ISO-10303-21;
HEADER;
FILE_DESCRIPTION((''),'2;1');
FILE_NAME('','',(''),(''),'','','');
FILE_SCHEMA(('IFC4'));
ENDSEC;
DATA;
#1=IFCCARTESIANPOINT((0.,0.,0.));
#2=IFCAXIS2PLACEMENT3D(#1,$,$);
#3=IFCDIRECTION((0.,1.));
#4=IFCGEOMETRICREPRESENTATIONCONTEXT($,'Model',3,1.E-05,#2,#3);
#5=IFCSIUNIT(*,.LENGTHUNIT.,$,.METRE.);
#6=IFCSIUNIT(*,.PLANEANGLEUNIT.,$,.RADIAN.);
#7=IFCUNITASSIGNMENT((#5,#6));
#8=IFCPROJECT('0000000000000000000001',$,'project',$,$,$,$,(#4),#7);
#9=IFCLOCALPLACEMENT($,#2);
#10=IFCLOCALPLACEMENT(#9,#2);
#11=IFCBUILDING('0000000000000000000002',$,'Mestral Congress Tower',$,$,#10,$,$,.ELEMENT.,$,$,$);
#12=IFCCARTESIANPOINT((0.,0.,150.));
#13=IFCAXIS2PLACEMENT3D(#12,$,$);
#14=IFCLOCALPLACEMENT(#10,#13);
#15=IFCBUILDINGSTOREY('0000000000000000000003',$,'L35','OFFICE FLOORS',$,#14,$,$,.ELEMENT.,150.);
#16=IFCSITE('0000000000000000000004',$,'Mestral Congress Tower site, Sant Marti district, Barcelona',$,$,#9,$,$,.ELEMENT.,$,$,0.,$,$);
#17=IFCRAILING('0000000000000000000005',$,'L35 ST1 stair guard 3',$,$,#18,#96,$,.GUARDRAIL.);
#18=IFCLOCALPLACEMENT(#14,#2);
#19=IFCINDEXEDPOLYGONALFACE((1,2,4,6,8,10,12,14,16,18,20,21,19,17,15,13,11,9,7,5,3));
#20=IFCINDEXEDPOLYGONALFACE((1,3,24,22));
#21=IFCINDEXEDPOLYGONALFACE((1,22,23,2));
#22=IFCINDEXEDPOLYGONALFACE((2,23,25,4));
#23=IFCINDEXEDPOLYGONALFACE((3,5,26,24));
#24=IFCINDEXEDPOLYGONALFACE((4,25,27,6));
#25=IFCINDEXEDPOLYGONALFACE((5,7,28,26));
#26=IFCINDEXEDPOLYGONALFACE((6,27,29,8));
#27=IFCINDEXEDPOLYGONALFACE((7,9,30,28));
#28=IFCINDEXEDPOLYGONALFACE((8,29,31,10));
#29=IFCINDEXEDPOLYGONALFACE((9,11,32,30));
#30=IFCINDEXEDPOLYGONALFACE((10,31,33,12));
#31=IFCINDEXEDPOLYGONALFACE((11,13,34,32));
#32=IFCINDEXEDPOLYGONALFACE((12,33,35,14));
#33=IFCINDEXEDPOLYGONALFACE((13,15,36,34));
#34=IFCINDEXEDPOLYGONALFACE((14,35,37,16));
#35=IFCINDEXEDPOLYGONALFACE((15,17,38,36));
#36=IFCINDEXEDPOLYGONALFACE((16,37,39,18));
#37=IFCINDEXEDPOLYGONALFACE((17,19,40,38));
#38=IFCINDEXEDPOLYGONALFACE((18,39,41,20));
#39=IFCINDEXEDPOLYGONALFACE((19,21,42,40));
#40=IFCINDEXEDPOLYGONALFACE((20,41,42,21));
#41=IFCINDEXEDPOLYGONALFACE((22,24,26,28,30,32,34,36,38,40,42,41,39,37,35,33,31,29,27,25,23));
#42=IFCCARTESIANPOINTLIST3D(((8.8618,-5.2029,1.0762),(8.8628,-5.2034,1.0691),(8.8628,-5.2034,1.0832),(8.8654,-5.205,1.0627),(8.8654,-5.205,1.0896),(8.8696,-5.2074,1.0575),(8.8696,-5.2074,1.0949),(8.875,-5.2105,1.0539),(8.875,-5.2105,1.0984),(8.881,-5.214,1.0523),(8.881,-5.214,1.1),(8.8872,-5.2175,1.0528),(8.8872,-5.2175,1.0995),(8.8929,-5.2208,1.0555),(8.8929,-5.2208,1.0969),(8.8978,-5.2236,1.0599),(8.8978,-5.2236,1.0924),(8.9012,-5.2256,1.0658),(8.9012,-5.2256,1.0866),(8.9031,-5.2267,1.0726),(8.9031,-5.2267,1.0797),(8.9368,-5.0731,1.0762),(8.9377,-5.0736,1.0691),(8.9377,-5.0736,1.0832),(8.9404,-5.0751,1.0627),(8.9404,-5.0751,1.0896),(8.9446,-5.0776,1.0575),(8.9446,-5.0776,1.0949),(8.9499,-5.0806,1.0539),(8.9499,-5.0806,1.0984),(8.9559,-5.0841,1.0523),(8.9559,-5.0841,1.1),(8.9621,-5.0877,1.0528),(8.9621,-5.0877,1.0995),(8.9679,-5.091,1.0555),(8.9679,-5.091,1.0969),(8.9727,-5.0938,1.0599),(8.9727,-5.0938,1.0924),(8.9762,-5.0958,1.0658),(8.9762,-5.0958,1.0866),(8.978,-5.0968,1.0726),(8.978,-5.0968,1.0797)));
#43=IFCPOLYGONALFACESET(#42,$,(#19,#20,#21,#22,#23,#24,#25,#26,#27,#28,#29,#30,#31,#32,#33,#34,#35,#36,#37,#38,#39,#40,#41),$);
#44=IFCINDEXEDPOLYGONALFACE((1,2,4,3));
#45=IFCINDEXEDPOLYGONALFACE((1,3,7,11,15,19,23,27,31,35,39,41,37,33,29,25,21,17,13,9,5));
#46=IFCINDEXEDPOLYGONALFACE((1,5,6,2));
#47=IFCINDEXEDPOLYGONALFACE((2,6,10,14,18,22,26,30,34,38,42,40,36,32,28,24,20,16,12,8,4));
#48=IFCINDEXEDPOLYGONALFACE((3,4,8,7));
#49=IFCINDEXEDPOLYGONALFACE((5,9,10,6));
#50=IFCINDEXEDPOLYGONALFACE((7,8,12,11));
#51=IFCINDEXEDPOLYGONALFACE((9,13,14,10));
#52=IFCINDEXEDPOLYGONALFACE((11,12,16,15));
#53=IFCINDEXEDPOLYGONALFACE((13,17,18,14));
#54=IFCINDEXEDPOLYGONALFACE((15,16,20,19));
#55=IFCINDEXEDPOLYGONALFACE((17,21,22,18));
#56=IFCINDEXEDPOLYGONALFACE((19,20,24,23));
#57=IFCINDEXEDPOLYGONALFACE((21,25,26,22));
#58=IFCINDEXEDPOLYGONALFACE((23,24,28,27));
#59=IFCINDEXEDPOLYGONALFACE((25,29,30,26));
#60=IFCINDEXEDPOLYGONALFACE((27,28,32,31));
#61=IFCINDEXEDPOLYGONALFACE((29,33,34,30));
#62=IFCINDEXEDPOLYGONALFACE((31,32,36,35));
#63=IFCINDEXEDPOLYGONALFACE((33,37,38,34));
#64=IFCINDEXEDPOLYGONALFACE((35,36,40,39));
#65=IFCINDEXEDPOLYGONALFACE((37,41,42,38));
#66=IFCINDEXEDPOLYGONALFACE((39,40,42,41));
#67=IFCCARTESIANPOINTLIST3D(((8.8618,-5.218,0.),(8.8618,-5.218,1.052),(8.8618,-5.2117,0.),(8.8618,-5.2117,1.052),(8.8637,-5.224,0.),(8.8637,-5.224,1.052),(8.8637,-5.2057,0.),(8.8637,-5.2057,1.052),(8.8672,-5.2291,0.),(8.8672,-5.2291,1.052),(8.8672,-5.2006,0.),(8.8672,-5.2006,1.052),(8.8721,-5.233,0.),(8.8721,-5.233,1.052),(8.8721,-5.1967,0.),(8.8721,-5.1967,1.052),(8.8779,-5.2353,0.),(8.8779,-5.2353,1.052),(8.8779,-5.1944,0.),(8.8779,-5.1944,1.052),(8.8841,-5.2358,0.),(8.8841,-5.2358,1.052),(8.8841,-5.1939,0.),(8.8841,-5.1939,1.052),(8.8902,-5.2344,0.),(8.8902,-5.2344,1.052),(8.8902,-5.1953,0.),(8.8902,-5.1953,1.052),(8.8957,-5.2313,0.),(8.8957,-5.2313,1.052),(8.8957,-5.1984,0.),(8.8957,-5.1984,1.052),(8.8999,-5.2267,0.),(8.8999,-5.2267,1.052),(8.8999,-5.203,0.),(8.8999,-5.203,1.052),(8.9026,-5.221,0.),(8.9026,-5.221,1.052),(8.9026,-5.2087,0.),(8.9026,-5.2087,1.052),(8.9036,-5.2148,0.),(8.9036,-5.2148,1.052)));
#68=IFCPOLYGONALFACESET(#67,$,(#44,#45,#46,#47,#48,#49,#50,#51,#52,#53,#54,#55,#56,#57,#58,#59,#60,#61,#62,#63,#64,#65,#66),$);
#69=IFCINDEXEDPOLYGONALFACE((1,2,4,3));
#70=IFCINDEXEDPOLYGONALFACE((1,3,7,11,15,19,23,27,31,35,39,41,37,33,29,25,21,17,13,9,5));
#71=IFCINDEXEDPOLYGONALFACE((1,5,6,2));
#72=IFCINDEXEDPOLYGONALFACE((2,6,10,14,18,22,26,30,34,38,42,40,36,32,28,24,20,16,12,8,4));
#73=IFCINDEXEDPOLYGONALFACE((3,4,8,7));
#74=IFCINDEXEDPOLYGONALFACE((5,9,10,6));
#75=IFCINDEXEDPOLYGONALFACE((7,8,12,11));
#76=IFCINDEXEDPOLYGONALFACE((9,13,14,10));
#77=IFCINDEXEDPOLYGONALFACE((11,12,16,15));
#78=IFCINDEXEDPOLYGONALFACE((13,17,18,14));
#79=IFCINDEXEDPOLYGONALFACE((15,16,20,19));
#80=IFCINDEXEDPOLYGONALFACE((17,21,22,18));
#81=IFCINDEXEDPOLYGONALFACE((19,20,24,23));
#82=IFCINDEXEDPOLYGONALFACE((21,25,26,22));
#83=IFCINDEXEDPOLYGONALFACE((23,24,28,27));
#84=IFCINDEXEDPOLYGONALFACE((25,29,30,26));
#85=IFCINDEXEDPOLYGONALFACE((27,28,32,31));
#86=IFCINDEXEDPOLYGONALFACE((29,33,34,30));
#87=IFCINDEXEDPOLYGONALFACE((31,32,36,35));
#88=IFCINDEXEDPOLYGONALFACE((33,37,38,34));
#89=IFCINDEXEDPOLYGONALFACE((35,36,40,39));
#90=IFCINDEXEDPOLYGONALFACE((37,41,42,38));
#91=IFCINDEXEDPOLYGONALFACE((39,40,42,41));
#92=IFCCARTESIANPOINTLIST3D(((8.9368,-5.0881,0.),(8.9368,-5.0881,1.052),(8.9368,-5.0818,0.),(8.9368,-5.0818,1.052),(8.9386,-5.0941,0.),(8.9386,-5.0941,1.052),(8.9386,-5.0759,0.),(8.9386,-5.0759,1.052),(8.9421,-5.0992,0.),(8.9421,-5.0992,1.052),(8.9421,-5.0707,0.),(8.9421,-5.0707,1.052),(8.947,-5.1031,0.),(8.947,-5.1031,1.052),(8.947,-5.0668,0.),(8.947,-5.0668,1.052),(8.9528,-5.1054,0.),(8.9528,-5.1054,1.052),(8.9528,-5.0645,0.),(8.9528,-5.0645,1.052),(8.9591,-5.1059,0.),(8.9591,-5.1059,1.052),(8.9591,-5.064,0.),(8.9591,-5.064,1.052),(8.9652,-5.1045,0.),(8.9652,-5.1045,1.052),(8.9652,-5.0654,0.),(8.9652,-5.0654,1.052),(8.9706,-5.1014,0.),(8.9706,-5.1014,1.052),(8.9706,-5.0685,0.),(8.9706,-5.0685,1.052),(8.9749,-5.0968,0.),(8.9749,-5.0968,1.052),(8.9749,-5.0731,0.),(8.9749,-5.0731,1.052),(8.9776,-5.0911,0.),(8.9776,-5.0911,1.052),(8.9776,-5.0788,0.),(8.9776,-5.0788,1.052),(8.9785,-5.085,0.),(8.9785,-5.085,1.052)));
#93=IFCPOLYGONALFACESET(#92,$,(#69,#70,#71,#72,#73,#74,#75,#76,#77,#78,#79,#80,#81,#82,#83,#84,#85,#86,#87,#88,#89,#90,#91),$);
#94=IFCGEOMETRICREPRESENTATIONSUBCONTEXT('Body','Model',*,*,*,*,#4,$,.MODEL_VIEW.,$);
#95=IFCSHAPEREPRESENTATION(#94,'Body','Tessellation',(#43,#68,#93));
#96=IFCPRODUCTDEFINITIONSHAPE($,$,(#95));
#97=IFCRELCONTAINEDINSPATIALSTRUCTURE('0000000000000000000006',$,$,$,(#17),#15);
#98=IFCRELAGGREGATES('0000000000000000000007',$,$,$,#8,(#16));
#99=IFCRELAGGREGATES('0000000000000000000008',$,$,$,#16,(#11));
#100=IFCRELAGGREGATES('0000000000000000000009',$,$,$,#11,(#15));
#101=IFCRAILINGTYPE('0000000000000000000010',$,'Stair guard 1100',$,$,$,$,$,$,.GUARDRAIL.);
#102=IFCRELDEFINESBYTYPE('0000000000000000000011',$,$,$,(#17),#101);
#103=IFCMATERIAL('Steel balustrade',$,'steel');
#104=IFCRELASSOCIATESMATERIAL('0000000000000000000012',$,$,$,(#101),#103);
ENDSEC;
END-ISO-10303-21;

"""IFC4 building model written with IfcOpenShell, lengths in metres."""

from ifc_helpers import new_model, si_unit, direction, frame, origin, origin_2d, place, context, subcontext, project, spatial, circle, extrude, material, type_object, element, save


model = new_model("IFC4")

# Units and contexts
model_context = context("Model", 3, precision=1e-05, world=origin(), true_north=direction((0.0, 1.0)))
body_context = subcontext(model_context, "Body", "Model", "MODEL_VIEW")
ifc_project = project(units=[si_unit("LENGTHUNIT", "METRE"), si_unit("PLANEANGLEUNIT", "RADIAN")], contexts=[model_context])

# Site, building, storey
site_placement = place(None, origin())
site = spatial("IfcSite", under=ifc_project, at=site_placement, Name="Mestral Congress Tower site, Sant Marti district, Barcelona", CompositionType="ELEMENT", RefElevation=0.0)
building_placement = place(site_placement, origin())
building = spatial("IfcBuilding", under=site, at=building_placement, Name="Mestral Congress Tower", CompositionType="ELEMENT")
storey_placement = place(building_placement, frame((0.0, 0.0, 150.0)))
storey = spatial("IfcBuildingStorey", under=building, at=storey_placement, Name="L35", Description="OFFICE FLOORS", CompositionType="ELEMENT", Elevation=150.0)

# Railing
ifc_material_1 = material(Name="Steel balustrade", Category="steel")
railing_type_1 = type_object("IfcRailingType", Name="Stair guard 1100", PredefinedType="GUARDRAIL", material=ifc_material_1)
railing_1_placement = place(storey_placement, frame((8.8826, -5.2148, 0.0)))
element("IfcRailing", 1, at=railing_1_placement, inside=storey, type_object=railing_type_1, Name="L35 ST1 stair guard 3", PredefinedType="GUARDRAIL", context=body_context, shape_type="SweptSolid", body=[
    extrude(circle(Radius=0.0239, at=origin_2d()), frame((0.0, 0.0, 1.0762), z_axis=(0.499816, 0.866131, 0.0), x_axis=(-0.866131, 0.499816, 0.0)), (0.0, 0.0, 1.0), 0.1499),
    extrude(circle(Radius=0.021, at=origin_2d()), origin(), (0.0, 0.0, 1.0), 1.052),
    extrude(circle(Radius=0.021, at=origin_2d()), frame((0.075, 0.1299, 0.0)), (0.0, 0.0, 1.0), 1.052),
])

save(model, "model.ifc")
